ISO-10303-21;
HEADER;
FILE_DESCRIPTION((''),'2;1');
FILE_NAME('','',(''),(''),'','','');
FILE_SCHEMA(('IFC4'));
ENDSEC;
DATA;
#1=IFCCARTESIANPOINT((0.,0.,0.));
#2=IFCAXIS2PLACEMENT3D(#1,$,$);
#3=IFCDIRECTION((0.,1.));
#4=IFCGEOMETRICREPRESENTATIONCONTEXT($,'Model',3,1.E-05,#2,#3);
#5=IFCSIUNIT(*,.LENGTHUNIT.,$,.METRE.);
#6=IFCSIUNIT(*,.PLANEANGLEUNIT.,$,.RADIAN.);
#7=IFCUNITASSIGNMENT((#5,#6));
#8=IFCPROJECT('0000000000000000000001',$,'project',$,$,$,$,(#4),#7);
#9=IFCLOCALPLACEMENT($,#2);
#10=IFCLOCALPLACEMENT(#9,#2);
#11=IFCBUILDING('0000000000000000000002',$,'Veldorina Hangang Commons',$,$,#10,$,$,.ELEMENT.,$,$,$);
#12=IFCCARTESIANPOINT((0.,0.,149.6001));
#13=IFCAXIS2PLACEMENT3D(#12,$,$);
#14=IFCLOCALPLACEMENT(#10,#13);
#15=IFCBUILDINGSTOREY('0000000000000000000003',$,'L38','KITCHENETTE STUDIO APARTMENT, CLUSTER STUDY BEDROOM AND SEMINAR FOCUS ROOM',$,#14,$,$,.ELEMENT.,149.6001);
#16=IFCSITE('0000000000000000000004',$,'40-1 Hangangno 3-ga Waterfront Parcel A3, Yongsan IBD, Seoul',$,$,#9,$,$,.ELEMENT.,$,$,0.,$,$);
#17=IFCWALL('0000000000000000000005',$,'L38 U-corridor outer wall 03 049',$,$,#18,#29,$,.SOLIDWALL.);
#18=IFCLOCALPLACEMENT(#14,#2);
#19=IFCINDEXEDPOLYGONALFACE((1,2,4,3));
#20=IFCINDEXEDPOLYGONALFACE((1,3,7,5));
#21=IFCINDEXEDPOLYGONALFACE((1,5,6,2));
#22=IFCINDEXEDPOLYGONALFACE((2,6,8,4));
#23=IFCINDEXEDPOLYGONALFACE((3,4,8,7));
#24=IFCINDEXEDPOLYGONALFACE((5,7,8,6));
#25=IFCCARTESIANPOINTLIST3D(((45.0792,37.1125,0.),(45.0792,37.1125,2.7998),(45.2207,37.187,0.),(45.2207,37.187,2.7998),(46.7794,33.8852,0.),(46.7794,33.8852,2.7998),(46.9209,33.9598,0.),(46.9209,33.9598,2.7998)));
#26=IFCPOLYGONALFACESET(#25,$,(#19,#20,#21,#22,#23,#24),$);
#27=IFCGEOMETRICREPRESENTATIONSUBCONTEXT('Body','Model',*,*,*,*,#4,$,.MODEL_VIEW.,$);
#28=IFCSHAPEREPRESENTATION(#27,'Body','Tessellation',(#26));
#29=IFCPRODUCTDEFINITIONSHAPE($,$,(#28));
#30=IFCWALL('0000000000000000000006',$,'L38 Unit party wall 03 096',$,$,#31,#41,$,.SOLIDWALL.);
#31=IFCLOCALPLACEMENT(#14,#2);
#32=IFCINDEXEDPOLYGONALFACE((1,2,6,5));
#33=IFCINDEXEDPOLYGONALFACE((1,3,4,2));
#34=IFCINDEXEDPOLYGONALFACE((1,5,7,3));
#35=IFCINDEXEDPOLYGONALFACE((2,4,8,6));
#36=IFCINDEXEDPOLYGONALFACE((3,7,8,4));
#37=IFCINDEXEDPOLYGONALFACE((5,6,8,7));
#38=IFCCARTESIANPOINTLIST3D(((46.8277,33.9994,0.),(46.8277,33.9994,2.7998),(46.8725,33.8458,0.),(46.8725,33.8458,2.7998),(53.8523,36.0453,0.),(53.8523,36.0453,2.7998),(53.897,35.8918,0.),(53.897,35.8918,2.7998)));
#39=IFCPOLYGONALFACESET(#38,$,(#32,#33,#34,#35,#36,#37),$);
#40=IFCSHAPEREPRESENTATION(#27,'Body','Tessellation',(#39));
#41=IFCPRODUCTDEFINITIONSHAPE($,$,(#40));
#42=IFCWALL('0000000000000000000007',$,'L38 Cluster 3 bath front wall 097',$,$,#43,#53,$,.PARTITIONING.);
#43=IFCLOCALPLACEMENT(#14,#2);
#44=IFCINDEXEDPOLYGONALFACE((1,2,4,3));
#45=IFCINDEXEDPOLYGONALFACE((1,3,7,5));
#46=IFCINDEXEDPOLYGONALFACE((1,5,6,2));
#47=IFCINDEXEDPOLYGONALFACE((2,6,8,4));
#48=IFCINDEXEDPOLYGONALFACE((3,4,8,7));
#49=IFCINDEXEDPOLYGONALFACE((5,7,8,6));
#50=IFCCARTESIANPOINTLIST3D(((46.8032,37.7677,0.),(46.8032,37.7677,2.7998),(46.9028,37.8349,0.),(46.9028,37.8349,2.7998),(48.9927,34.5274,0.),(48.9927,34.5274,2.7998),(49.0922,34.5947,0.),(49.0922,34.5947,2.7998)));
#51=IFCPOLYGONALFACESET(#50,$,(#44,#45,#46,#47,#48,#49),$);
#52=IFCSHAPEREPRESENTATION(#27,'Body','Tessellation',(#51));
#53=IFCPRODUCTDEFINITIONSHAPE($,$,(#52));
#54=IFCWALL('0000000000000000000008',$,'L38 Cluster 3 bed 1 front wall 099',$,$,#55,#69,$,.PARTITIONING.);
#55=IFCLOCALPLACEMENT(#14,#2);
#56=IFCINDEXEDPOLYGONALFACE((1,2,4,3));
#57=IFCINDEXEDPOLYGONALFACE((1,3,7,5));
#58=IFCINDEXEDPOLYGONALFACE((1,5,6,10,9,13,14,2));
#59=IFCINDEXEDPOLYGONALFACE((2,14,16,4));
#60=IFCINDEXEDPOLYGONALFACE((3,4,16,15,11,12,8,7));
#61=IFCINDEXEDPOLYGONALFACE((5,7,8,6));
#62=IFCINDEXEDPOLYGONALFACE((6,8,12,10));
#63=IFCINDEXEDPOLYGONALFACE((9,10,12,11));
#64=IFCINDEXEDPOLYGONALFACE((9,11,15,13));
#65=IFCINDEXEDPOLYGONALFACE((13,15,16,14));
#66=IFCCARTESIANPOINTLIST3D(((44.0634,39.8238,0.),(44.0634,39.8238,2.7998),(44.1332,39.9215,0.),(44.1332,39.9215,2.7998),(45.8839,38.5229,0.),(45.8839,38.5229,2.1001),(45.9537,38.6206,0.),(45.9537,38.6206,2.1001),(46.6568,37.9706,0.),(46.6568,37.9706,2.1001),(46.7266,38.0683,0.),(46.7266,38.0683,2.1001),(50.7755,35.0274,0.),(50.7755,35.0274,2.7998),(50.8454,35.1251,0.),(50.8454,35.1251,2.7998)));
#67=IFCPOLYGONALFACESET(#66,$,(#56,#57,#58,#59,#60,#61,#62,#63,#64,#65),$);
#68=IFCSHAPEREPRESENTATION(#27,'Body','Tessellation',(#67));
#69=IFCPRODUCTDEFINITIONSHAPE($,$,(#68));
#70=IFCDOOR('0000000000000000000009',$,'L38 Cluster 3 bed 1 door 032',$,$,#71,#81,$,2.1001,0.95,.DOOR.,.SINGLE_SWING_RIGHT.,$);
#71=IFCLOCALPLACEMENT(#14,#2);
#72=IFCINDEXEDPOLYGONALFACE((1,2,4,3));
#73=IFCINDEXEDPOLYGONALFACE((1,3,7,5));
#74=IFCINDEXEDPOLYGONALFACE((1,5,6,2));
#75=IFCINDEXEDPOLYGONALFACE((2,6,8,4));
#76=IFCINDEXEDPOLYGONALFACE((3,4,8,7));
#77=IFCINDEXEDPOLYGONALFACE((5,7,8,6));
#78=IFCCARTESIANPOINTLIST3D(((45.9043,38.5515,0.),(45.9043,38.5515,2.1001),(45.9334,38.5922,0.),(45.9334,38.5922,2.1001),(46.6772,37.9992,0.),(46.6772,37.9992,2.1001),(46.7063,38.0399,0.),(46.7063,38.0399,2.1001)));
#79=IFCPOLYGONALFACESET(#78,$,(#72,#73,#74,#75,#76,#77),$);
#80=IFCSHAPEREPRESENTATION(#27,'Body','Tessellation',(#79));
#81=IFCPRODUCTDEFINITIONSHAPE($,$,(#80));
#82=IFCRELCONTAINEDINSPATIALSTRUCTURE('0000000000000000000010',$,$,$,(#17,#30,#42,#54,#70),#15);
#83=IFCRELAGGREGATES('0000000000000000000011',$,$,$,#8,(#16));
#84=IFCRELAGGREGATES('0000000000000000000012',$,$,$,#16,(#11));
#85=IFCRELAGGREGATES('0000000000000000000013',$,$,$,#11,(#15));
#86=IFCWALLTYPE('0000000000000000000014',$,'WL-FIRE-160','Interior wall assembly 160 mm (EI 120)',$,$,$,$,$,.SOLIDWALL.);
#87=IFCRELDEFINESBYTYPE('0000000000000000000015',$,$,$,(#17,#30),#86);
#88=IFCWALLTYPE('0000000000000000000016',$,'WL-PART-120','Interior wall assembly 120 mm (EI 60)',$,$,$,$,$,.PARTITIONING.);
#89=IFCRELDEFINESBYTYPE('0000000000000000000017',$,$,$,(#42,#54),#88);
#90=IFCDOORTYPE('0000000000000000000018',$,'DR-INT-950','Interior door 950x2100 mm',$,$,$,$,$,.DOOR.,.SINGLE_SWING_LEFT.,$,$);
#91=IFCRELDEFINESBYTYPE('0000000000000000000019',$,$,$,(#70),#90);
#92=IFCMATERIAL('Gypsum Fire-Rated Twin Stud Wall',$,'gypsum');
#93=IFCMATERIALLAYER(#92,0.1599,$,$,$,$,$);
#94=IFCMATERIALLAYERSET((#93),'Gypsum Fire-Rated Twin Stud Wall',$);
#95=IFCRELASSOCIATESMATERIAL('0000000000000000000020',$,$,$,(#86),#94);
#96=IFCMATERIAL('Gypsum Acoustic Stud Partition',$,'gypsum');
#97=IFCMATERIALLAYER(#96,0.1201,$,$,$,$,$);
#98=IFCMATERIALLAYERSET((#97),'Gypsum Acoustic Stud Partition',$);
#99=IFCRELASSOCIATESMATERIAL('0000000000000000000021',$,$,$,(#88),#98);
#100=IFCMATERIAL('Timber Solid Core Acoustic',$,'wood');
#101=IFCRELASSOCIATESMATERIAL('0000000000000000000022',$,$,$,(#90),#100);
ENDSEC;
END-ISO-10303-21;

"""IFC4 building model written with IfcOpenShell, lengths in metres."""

from ifc_helpers import new_model, si_unit, direction, frame, frame_2d, origin, place, context, subcontext, project, spatial, rectangle, extrude, material, layer, layer_set, type_object, element, fill, save


model = new_model("IFC4")

# Units and contexts
model_context = context("Model", 3, precision=1e-05, world=origin(), true_north=direction((0.0, 1.0)))
body_context = subcontext(model_context, "Body", "Model", "MODEL_VIEW")
ifc_project = project(units=[si_unit("LENGTHUNIT", "METRE"), si_unit("PLANEANGLEUNIT", "RADIAN")], contexts=[model_context])

# Site, building, storey
site_placement = place(None, origin())
site = spatial("IfcSite", under=ifc_project, at=site_placement, Name="40-1 Hangangno 3-ga Waterfront Parcel A3, Yongsan IBD, Seoul", CompositionType="ELEMENT", RefElevation=0.0)
building_placement = place(site_placement, origin())
building = spatial("IfcBuilding", under=site, at=building_placement, Name="Veldorina Hangang Commons", CompositionType="ELEMENT")
storey_placement = place(building_placement, frame((0.0, 0.0, 149.6001)))
storey = spatial("IfcBuildingStorey", under=building, at=storey_placement, Name="L38", Description="KITCHENETTE STUDIO APARTMENT, CLUSTER STUDY BEDROOM AND SEMINAR FOCUS ROOM", CompositionType="ELEMENT", Elevation=149.6001)

# Walls
ifc_material_1 = material(Name="Gypsum Fire-Rated Twin Stud Wall", Category="gypsum")
ifc_layer_1 = layer(ifc_material_1, 0.1599)
ifc_layer_set_1 = layer_set([ifc_layer_1], Name="Gypsum Fire-Rated Twin Stud Wall")
wall_type_1 = type_object("IfcWallType", Name="WL-FIRE-160", Description="Interior wall assembly 160 mm (EI 120)", PredefinedType="SOLIDWALL", material=ifc_layer_set_1)
wall_1_placement = place(storey_placement, frame((46.8501, 33.9226, 0.0), z_axis=(0.0, 0.0, 1.0), x_axis=(-0.466094, 0.884735, 0.0)))
element("IfcWall", 1, at=wall_1_placement, inside=storey, type_object=wall_type_1, Name="L38 U-corridor outer wall 03 049", PredefinedType="SOLIDWALL", context=body_context, shape_type="SweptSolid", body=[
    extrude(rectangle(XDim=3.6477, YDim=0.1599, at=frame_2d((1.8237, 0.0))), origin(), (0.0, 0.0, 1.0), 2.7998),
])
wall_2_placement = place(storey_placement, frame((46.8501, 33.9226, 0.0), z_axis=(0.0, 0.0, 1.0), x_axis=(0.960106, 0.279636, 0.0)))
element("IfcWall", 2, at=wall_2_placement, inside=storey, type_object=wall_type_1, Name="L38 Unit party wall 03 096", PredefinedType="SOLIDWALL", context=body_context, shape_type="SweptSolid", body=[
    extrude(rectangle(XDim=7.3164, YDim=0.1599, at=frame_2d((3.6582, 0.0))), origin(), (0.0, 0.0, 1.0), 2.7998),
])
ifc_material_2 = material(Name="Gypsum Acoustic Stud Partition", Category="gypsum")
ifc_layer_2 = layer(ifc_material_2, 0.1201)
ifc_layer_set_2 = layer_set([ifc_layer_2], Name="Gypsum Acoustic Stud Partition")
wall_type_2 = type_object("IfcWallType", Name="WL-PART-120", Description="Interior wall assembly 120 mm (EI 60)", PredefinedType="PARTITIONING", material=ifc_layer_set_2)
wall_3_placement = place(storey_placement, frame((49.0425, 34.561, 0.0), z_axis=(0.0, 0.0, 1.0), x_axis=(-0.559876, 0.828576, 0.0)))
element("IfcWall", 3, at=wall_3_placement, inside=storey, type_object=wall_type_2, Name="L38 Cluster 3 bath front wall 097", PredefinedType="PARTITIONING", context=body_context, shape_type="SweptSolid", body=[
    extrude(rectangle(XDim=3.9106, YDim=0.1201, at=frame_2d((1.9553, 0.0))), origin(), (0.0, 0.0, 1.0), 2.7998),
])

# Wall, opening, door
wall_4_placement = place(storey_placement, frame((50.8105, 35.0762, 0.0), z_axis=(0.0, 0.0, 1.0), x_axis=(-0.813619, 0.581398, 0.0)))
wall_4 = element("IfcWall", 4, at=wall_4_placement, inside=storey, type_object=wall_type_2, Name="L38 Cluster 3 bed 1 front wall 099", PredefinedType="PARTITIONING", context=body_context, shape_type="SweptSolid", body=[
    extrude(rectangle(XDim=8.2498, YDim=0.1201, at=frame_2d((4.125, 0.0))), origin(), (0.0, 0.0, 1.0), 2.7998),
])
opening_1_placement = place(wall_4_placement, frame((5.0623, 0.0, 0.0)))
opening_1 = element("IfcOpeningElement", 5, at=opening_1_placement, cuts=wall_4, PredefinedType="OPENING", context=body_context, shape_type="SweptSolid", body=[
    extrude(rectangle(XDim=0.95, YDim=2.1001, at=frame_2d((0.4751, 1.05))), frame((0.0, 0.0701, 0.0), z_axis=(0.0, -1.0, 0.0), x_axis=(1.0, 0.0, 0.0)), (0.0, 0.0, 1.0), 0.1401),
])
ifc_material_3 = material(Name="Timber Solid Core Acoustic", Category="wood")
door_type = type_object("IfcDoorType", Name="DR-INT-950", Description="Interior door 950x2100 mm", OperationType="SINGLE_SWING_LEFT", PredefinedType="DOOR", material=ifc_material_3)
door_placement = place(opening_1_placement, origin())
door = element("IfcDoor", 6, at=door_placement, inside=storey, type_object=door_type, Name="L38 Cluster 3 bed 1 door 032", OperationType="SINGLE_SWING_RIGHT", OverallHeight=2.1001, OverallWidth=0.95, PredefinedType="DOOR", context=body_context, shape_type="SweptSolid", body=[
    extrude(rectangle(XDim=0.95, YDim=2.1001, at=frame_2d((0.4751, 1.05))), frame((0.0, 0.0249, 0.0), z_axis=(0.0, -1.0, 0.0), x_axis=(1.0, 0.0, 0.0)), (0.0, 0.0, 1.0), 0.05),
])
fill(opening_1, door)

save(model, "model.ifc")
